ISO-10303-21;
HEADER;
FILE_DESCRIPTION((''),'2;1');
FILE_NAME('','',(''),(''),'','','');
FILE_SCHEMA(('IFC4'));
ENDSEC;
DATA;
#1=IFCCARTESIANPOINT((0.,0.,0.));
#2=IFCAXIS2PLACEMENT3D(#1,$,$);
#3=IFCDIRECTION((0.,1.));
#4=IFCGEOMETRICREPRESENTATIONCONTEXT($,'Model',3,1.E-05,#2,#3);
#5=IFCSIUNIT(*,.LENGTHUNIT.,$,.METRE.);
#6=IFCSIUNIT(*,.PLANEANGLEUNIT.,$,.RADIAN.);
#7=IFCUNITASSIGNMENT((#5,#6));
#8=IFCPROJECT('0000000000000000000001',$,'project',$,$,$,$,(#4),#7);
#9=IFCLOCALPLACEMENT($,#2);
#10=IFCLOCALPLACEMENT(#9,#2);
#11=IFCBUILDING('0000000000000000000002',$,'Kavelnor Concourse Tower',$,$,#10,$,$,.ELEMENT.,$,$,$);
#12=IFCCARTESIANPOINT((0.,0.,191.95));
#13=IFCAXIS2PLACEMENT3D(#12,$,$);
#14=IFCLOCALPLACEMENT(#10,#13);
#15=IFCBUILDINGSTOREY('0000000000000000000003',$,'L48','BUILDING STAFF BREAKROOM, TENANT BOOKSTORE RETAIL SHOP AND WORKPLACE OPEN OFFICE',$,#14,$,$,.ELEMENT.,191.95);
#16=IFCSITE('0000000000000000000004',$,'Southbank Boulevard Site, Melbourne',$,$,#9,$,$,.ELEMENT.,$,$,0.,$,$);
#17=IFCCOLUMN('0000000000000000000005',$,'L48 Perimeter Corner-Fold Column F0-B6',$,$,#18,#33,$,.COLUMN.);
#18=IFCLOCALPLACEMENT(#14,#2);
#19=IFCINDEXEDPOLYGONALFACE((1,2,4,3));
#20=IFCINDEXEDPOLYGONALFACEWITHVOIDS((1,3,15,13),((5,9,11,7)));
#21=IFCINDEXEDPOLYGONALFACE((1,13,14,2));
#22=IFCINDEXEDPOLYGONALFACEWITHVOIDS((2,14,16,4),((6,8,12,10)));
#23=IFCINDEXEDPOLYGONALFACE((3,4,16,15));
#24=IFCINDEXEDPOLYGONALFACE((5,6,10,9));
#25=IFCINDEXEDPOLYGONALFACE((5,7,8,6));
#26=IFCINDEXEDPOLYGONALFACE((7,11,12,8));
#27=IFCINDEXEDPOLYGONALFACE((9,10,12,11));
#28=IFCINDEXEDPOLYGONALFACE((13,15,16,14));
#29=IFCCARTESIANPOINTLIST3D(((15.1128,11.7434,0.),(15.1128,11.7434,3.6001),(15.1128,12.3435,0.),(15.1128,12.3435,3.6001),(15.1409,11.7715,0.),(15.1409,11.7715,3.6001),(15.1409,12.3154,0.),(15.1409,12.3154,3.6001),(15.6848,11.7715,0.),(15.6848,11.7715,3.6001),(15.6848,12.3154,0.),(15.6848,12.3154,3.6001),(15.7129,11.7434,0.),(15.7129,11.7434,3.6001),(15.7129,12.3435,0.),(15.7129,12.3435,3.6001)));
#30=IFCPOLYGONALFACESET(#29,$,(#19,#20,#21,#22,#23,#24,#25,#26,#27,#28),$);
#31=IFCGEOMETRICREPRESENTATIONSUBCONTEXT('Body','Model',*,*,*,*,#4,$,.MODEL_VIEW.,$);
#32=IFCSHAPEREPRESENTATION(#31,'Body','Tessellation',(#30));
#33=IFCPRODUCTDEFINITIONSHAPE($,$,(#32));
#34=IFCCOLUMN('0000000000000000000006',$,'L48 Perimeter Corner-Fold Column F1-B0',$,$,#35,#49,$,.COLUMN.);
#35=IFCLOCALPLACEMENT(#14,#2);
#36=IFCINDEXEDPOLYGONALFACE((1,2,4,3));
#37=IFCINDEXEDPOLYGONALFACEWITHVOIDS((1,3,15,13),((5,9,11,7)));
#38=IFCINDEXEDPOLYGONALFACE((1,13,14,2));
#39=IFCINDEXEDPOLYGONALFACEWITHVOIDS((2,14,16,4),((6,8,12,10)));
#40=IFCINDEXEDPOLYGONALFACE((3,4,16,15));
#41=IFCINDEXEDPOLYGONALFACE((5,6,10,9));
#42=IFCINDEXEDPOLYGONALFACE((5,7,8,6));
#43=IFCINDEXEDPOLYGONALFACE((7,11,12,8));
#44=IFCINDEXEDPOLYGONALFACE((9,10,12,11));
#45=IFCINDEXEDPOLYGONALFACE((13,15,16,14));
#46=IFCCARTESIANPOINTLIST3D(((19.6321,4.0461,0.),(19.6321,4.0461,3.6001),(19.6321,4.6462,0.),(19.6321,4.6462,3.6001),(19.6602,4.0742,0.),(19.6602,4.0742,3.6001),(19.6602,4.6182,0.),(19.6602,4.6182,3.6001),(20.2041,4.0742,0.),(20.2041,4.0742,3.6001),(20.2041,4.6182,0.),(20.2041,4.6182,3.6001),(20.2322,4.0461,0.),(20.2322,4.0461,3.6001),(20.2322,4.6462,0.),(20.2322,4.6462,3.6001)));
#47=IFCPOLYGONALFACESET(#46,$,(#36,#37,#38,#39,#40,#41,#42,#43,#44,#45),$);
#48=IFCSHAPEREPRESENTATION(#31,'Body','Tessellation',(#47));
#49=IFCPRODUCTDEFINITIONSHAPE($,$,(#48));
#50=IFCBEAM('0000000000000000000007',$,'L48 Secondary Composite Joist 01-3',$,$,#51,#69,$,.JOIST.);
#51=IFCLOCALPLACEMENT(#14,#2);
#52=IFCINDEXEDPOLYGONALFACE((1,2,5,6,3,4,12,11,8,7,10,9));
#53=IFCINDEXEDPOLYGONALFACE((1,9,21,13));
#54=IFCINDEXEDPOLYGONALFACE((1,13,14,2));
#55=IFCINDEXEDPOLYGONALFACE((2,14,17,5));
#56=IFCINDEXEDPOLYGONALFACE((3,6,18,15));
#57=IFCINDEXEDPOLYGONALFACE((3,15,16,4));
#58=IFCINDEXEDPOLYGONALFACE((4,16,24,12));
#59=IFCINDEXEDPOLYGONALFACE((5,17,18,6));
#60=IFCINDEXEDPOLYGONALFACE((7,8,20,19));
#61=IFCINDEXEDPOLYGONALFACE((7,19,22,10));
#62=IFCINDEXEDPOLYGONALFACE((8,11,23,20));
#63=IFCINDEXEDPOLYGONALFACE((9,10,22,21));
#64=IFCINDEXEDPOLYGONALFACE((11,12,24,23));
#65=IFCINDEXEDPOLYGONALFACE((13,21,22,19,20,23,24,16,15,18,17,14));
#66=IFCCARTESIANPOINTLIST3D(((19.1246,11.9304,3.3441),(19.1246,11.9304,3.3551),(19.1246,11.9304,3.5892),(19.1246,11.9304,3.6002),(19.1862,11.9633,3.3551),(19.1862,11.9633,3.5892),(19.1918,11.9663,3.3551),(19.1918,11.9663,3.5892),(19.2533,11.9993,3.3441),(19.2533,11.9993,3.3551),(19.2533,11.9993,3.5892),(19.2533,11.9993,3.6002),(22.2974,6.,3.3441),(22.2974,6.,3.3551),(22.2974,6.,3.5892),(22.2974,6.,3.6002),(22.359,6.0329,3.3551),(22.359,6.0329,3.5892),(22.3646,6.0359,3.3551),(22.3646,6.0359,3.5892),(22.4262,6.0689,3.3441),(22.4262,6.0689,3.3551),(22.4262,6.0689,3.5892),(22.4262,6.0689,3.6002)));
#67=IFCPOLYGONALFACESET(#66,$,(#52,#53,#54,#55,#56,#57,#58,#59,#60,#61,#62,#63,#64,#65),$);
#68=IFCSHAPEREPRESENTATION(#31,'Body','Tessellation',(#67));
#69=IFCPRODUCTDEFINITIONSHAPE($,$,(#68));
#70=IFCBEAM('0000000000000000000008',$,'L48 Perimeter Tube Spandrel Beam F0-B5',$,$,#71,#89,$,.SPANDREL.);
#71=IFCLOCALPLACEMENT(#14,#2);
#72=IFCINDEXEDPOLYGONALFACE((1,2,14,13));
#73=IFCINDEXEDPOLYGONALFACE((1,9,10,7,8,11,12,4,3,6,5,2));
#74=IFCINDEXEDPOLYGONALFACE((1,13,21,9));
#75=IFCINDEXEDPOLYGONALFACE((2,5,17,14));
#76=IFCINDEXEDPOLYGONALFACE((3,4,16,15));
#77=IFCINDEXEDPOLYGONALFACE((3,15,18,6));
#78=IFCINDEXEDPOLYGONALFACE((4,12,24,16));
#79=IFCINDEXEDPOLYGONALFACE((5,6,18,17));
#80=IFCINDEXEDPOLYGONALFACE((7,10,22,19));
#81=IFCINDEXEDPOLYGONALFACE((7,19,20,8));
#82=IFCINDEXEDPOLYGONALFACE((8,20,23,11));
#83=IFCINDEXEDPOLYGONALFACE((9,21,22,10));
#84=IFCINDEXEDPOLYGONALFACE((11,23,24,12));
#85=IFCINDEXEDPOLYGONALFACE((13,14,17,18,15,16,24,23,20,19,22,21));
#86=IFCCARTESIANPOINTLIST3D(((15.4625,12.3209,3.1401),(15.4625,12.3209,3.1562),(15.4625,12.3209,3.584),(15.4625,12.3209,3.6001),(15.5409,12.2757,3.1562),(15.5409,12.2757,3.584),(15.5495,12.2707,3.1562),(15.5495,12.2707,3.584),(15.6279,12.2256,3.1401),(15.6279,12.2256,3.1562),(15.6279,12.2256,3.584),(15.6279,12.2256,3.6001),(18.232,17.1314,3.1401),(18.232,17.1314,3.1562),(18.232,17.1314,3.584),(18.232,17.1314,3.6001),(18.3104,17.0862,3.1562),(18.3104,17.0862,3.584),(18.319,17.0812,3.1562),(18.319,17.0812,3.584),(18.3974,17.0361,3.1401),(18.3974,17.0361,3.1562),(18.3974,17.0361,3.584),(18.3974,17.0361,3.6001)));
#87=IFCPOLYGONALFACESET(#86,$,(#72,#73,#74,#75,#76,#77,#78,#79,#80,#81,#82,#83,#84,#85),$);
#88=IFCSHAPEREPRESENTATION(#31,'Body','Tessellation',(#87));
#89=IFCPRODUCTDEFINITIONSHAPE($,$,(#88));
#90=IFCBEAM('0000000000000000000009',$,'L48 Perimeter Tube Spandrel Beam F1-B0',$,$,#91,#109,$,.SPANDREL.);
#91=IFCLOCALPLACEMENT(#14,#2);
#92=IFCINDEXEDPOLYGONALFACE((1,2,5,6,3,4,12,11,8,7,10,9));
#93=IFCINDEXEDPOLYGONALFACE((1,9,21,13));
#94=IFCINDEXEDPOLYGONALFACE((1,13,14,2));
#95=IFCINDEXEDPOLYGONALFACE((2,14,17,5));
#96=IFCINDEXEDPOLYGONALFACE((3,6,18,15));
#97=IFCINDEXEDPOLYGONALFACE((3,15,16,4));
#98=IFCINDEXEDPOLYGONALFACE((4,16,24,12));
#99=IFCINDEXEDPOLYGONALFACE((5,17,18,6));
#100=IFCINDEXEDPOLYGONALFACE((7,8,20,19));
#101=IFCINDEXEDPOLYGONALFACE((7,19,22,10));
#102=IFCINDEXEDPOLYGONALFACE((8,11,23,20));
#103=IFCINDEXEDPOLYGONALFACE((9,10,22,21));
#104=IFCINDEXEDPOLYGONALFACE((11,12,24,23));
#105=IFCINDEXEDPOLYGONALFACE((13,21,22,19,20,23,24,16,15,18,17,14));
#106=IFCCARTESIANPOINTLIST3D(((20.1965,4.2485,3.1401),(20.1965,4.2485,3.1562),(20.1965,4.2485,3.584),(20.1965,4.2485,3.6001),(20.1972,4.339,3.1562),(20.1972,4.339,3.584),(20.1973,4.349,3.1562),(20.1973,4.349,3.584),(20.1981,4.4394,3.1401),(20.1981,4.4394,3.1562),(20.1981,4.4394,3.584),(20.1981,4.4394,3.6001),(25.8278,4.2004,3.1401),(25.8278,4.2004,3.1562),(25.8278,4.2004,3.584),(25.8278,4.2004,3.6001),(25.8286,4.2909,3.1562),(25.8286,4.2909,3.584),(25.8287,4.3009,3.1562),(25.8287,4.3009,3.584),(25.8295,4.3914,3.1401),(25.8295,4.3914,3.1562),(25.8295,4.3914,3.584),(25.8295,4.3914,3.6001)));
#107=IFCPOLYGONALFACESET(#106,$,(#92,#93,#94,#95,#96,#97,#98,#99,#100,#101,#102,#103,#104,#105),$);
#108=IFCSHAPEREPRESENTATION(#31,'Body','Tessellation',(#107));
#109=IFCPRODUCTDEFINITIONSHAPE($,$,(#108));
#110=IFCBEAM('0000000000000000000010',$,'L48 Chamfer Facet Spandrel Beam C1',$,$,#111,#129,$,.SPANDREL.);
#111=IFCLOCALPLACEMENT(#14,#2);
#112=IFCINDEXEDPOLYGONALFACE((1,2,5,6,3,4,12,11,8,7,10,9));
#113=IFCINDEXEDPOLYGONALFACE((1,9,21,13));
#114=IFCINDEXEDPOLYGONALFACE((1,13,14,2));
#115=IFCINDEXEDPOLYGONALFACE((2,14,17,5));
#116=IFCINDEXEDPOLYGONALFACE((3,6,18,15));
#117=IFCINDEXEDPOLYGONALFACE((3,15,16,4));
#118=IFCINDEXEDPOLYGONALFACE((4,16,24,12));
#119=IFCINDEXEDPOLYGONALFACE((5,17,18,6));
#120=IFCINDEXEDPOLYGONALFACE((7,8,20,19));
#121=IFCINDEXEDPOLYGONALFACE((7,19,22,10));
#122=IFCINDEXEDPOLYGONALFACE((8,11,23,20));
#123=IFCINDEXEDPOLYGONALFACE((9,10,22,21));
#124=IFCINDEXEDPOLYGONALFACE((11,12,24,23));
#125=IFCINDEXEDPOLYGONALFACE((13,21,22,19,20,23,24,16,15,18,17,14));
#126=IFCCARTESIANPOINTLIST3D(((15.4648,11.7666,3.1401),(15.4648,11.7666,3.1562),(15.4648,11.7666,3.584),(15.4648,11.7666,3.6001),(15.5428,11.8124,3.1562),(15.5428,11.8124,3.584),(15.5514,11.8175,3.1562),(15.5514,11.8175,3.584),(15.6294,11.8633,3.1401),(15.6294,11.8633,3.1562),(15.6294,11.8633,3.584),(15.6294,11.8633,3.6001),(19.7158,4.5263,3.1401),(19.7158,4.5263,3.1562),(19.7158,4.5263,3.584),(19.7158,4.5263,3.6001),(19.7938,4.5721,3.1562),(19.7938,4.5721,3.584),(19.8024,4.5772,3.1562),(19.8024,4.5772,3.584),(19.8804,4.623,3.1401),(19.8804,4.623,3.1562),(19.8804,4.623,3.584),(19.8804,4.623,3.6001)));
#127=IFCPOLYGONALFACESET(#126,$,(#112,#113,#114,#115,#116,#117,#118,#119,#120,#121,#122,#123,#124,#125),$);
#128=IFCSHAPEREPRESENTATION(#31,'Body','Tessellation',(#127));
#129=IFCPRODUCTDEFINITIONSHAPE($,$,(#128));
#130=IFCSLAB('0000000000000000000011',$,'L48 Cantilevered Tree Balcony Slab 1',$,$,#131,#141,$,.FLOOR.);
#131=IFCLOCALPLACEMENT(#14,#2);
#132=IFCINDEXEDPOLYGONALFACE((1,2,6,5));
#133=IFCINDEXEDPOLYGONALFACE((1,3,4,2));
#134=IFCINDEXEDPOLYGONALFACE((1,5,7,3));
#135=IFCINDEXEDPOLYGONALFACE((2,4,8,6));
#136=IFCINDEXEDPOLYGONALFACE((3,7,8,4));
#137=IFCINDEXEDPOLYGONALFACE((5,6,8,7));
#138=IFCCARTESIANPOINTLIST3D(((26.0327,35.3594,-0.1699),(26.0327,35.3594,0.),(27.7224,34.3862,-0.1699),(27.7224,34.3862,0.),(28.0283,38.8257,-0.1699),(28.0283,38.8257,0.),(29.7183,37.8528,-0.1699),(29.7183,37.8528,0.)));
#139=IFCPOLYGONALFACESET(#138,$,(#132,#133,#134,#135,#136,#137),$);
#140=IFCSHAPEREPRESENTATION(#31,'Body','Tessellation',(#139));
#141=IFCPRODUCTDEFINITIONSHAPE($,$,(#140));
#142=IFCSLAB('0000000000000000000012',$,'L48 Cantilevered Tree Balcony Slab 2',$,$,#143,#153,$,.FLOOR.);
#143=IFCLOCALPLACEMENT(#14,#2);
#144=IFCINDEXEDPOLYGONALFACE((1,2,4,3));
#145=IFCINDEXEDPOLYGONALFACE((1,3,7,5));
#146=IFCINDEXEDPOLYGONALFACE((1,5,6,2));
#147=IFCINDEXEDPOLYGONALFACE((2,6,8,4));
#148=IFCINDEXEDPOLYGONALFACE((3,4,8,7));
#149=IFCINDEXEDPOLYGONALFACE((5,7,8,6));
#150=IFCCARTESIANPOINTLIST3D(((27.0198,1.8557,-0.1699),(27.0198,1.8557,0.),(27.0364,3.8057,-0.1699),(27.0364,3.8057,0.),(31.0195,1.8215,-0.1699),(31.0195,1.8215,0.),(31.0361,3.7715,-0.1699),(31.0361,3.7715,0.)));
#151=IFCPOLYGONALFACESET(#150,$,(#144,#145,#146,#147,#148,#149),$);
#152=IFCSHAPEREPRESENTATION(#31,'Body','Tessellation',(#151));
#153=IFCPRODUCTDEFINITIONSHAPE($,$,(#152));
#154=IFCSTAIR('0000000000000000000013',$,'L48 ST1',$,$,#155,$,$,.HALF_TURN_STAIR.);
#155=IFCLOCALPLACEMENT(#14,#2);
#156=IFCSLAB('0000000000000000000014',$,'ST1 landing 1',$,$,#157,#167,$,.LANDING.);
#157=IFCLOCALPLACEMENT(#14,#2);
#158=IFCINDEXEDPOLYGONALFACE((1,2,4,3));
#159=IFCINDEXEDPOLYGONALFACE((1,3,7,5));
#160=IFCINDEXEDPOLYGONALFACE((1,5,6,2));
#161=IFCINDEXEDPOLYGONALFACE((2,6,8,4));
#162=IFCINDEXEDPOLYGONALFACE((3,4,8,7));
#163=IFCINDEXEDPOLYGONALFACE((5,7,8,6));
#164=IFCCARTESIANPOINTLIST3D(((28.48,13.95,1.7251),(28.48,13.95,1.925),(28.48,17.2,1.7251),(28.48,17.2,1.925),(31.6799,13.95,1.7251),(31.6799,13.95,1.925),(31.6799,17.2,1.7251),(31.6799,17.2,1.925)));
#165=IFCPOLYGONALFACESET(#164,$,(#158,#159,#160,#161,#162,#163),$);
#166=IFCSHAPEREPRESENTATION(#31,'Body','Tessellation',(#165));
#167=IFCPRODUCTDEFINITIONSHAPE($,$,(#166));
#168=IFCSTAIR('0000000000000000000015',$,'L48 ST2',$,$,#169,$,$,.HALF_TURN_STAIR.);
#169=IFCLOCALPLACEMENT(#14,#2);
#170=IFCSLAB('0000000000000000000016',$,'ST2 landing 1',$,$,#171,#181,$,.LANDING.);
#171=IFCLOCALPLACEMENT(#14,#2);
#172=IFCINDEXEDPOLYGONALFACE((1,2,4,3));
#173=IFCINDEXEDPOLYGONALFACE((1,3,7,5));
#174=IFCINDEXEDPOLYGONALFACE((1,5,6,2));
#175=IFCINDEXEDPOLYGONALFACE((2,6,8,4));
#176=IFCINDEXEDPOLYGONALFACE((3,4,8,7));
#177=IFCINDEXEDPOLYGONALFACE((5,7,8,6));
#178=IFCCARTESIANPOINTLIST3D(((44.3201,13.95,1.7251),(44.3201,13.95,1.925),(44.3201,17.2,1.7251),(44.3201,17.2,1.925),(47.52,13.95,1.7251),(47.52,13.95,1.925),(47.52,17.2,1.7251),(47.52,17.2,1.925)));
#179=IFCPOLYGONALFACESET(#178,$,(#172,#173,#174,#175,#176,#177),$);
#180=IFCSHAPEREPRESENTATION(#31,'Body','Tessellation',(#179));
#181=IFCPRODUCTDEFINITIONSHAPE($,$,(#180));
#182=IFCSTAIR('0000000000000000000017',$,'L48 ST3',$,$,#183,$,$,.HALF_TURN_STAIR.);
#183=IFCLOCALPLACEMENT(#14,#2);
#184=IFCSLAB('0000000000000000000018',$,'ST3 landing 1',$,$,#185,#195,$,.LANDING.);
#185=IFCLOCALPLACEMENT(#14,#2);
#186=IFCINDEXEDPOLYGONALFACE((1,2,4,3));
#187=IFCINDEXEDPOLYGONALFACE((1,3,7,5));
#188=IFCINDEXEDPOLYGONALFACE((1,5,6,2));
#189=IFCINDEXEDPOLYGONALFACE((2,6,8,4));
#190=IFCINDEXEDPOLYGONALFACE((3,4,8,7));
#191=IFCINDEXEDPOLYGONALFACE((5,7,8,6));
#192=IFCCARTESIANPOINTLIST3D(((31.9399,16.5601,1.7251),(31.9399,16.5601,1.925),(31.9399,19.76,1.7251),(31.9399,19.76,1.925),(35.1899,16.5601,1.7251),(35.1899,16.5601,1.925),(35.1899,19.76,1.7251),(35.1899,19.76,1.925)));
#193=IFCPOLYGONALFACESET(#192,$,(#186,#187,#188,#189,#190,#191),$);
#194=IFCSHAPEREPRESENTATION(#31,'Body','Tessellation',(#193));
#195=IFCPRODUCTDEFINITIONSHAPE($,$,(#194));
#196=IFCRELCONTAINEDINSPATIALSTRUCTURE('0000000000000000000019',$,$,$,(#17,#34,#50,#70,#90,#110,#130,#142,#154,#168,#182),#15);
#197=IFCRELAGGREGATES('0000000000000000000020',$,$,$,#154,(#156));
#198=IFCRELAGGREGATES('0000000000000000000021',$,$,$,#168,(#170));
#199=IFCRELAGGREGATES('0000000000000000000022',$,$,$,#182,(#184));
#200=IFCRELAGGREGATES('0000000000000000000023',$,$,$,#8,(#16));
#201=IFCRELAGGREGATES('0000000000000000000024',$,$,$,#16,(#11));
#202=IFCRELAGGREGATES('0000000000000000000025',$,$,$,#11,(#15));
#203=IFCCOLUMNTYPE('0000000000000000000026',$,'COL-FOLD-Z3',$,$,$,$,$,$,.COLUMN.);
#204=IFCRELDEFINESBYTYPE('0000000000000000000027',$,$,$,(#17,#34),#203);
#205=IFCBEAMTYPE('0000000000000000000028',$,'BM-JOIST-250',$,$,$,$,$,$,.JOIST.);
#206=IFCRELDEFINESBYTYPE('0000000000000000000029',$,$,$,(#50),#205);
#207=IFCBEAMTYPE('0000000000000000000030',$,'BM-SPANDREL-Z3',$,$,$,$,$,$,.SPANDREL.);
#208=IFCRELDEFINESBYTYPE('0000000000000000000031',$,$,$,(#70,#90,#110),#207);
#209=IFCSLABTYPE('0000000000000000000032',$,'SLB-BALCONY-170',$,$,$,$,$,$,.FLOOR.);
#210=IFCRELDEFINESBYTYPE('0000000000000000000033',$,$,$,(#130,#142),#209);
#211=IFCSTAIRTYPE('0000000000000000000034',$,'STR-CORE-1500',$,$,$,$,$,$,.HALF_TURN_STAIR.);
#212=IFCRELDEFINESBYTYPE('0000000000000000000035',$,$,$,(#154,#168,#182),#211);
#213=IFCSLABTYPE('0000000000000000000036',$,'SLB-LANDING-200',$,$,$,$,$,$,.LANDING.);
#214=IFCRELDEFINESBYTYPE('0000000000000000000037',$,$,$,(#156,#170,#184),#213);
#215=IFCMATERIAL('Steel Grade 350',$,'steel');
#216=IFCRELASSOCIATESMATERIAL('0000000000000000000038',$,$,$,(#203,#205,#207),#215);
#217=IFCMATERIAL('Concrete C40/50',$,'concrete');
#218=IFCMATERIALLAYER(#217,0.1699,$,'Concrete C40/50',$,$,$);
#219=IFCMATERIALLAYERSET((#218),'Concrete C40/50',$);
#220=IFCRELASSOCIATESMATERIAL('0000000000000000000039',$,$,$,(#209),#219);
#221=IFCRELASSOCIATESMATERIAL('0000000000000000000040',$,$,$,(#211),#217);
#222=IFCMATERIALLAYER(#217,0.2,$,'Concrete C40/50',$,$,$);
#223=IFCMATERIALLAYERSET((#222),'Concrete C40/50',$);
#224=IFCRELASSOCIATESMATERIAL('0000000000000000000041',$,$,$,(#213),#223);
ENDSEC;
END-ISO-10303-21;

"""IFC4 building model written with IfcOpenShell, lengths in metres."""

from ifc_helpers import new_model, si_unit, direction, frame, origin, origin_2d, place, context, subcontext, project, spatial, polyline, hollow_rectangle, i_section, outline, extrude, material, layer, layer_set, material_profile, profile_set, type_object, element, aggregate, save


model = new_model("IFC4")

# Units and contexts
model_context = context("Model", 3, precision=1e-05, world=origin(), true_north=direction((0.0, 1.0)))
body_context = subcontext(model_context, "Body", "Model", "MODEL_VIEW")
ifc_project = project(units=[si_unit("LENGTHUNIT", "METRE"), si_unit("PLANEANGLEUNIT", "RADIAN")], contexts=[model_context])

# Site, building, storey
site_placement = place(None, origin())
site = spatial("IfcSite", under=ifc_project, at=site_placement, Name="Southbank Boulevard Site, Melbourne", CompositionType="ELEMENT", RefElevation=0.0)
building_placement = place(site_placement, origin())
building = spatial("IfcBuilding", under=site, at=building_placement, Name="Kavelnor Concourse Tower", CompositionType="ELEMENT")
storey_placement = place(building_placement, frame((0.0, 0.0, 191.95)))
storey = spatial("IfcBuildingStorey", under=building, at=storey_placement, Name="L48", Description="BUILDING STAFF BREAKROOM, TENANT BOOKSTORE RETAIL SHOP AND WORKPLACE OPEN OFFICE", CompositionType="ELEMENT", Elevation=191.95)

# Columns
ifc_material_1 = material(Name="Steel Grade 350", Category="steel")
ifc_material_profile_1 = material_profile(ifc_material_1, hollow_rectangle(XDim=0.6001, YDim=0.6001, WallThickness=0.0281, at=origin_2d()), Name="SHS 600x600x28")
ifc_profile_set_1 = profile_set([ifc_material_profile_1], Name="Steel Grade 350")
column_type = type_object("IfcColumnType", Name="COL-FOLD-Z3", PredefinedType="COLUMN", material=ifc_profile_set_1)
for number, where, z_axis, x_axis, name in (
    (1, (15.4128, 12.0435, 0.0), (0.0, 0.0, 1.0), (1.0, 0.0, 0.0), "L48 Perimeter Corner-Fold Column F0-B6"),
    (2, (19.9321, 4.3462, 0.0), (0.0, 0.0, 1.0), (1.0, 0.0, 0.0), "L48 Perimeter Corner-Fold Column F1-B0"),
):
    element("IfcColumn", number, at=place(storey_placement, frame(where, z_axis=z_axis, x_axis=x_axis)), inside=storey, type_object=column_type, Name=name, PredefinedType="COLUMN", context=body_context, shape_type="SweptSolid", body=[
        extrude(hollow_rectangle(XDim=0.6001, YDim=0.6001, WallThickness=0.0281, at=origin_2d()), origin(), (0.0, 0.0, 1.0), 3.6001),
    ])

# Beams
ifc_material_profile_2 = material_profile(ifc_material_1, i_section(OverallWidth=0.146, OverallDepth=0.2561, WebThickness=0.0063, FlangeThickness=0.011, at=origin_2d()), Name="250UB37")
ifc_profile_set_2 = profile_set([ifc_material_profile_2], Name="Steel Grade 350")
beam_type_1 = type_object("IfcBeamType", Name="BM-JOIST-250", PredefinedType="JOIST", material=ifc_profile_set_2)
beam_1_placement = place(storey_placement, frame((19.189, 11.9648, 3.4722), z_axis=(0.471741, -0.881737, 0.0), x_axis=(0.881737, 0.471741, 0.0)))
element("IfcBeam", 3, at=beam_1_placement, inside=storey, type_object=beam_type_1, Name="L48 Secondary Composite Joist 01-3", PredefinedType="JOIST", context=body_context, shape_type="SweptSolid", body=[
    extrude(i_section(OverallWidth=0.146, OverallDepth=0.2561, WebThickness=0.0063, FlangeThickness=0.011, at=origin_2d()), origin(), (0.0, 0.0, 1.0), 6.7258),
])
ifc_material_profile_3 = material_profile(ifc_material_1, i_section(OverallWidth=0.1909, OverallDepth=0.46, WebThickness=0.01, FlangeThickness=0.0161, at=origin_2d()), Name="460UB82")
ifc_profile_set_3 = profile_set([ifc_material_profile_3], Name="Steel Grade 350")
beam_type_2 = type_object("IfcBeamType", Name="BM-SPANDREL-Z3", PredefinedType="SPANDREL", material=ifc_profile_set_3)
beam_2_placement = place(storey_placement, frame((18.3147, 17.0837, 3.3701), z_axis=(-0.49894, -0.866636, 0.0), x_axis=(0.866636, -0.49894, 0.0)))
element("IfcBeam", 4, at=beam_2_placement, inside=storey, type_object=beam_type_2, Name="L48 Perimeter Tube Spandrel Beam F0-B5", PredefinedType="SPANDREL", context=body_context, shape_type="SweptSolid", body=[
    extrude(i_section(OverallWidth=0.1909, OverallDepth=0.46, WebThickness=0.01, FlangeThickness=0.0161, at=origin_2d()), origin(), (0.0, 0.0, 1.0), 5.5508),
])
beam_3_placement = place(storey_placement, frame((20.1973, 4.344, 3.3701), z_axis=(0.999964, -0.00854, 0.0), x_axis=(0.00854, 0.999964, 0.0)))
element("IfcBeam", 5, at=beam_3_placement, inside=storey, type_object=beam_type_2, Name="L48 Perimeter Tube Spandrel Beam F1-B0", PredefinedType="SPANDREL", context=body_context, shape_type="SweptSolid", body=[
    extrude(i_section(OverallWidth=0.1909, OverallDepth=0.46, WebThickness=0.01, FlangeThickness=0.0161, at=origin_2d()), origin(), (0.0, 0.0, 1.0), 5.6316),
])
beam_4_placement = place(storey_placement, frame((15.5471, 11.8149, 3.3701), z_axis=(0.506313, -0.86235, 0.0), x_axis=(0.86235, 0.506313, 0.0)))
element("IfcBeam", 6, at=beam_4_placement, inside=storey, type_object=beam_type_2, Name="L48 Chamfer Facet Spandrel Beam C1", PredefinedType="SPANDREL", context=body_context, shape_type="SweptSolid", body=[
    extrude(i_section(OverallWidth=0.1909, OverallDepth=0.46, WebThickness=0.01, FlangeThickness=0.0161, at=origin_2d()), origin(), (0.0, 0.0, 1.0), 8.396),
])

# Slabs
ifc_material_2 = material(Name="Concrete C40/50", Category="concrete")
ifc_layer_1 = layer(ifc_material_2, 0.1699, Name="Concrete C40/50")
ifc_layer_set_1 = layer_set([ifc_layer_1], Name="Concrete C40/50")
slab_type_1 = type_object("IfcSlabType", Name="SLB-BALCONY-170", PredefinedType="FLOOR", material=ifc_layer_set_1)
slab_1_placement = place(storey_placement, frame((0.0, 0.0, -0.1699)))
element("IfcSlab", 7, at=slab_1_placement, inside=storey, type_object=slab_type_1, Name="L48 Cantilevered Tree Balcony Slab 1", PredefinedType="FLOOR", context=body_context, shape_type="SweptSolid", body=[
    extrude(outline(polyline([(26.0327, 35.3594), (28.0283, 38.8257), (29.7183, 37.8528), (27.7224, 34.3862), (26.0327, 35.3594)])), origin(), (0.0, 0.0, 1.0), 0.1699),
])
slab_2_placement = place(storey_placement, frame((0.0, 0.0, -0.1699)))
element("IfcSlab", 8, at=slab_2_placement, inside=storey, type_object=slab_type_1, Name="L48 Cantilevered Tree Balcony Slab 2", PredefinedType="FLOOR", context=body_context, shape_type="SweptSolid", body=[
    extrude(outline(polyline([(31.0195, 1.8215), (27.0198, 1.8557), (27.0364, 3.8057), (31.0361, 3.7715), (31.0195, 1.8215)])), origin(), (0.0, 0.0, 1.0), 0.1699),
])

# Stairs, slabs
stair_type = type_object("IfcStairType", Name="STR-CORE-1500", PredefinedType="HALF_TURN_STAIR", material=ifc_material_2)
stair_1_placement = place(storey_placement, origin())
stair_1 = element("IfcStair", 9, at=stair_1_placement, inside=storey, type_object=stair_type, Name="L48 ST1", PredefinedType="HALF_TURN_STAIR")
ifc_layer_2 = layer(ifc_material_2, 0.2, Name="Concrete C40/50")
ifc_layer_set_2 = layer_set([ifc_layer_2], Name="Concrete C40/50")
slab_type_2 = type_object("IfcSlabType", Name="SLB-LANDING-200", PredefinedType="LANDING", material=ifc_layer_set_2)
slab_3_placement = place(storey_placement, frame((0.0, 0.0, 1.7251)))
slab_3 = element("IfcSlab", 10, at=slab_3_placement, type_object=slab_type_2, Name="ST1 landing 1", PredefinedType="LANDING", context=body_context, shape_type="SweptSolid", body=[
    extrude(outline(polyline([(31.6799, 13.95), (31.6799, 17.2), (28.48, 17.2), (28.48, 13.95), (31.6799, 13.95)])), origin(), (0.0, 0.0, 1.0), 0.2),
])
aggregate(stair_1, [slab_3])
stair_2_placement = place(storey_placement, origin())
stair_2 = element("IfcStair", 11, at=stair_2_placement, inside=storey, type_object=stair_type, Name="L48 ST2", PredefinedType="HALF_TURN_STAIR")
slab_4_placement = place(storey_placement, frame((0.0, 0.0, 1.7251)))
slab_4 = element("IfcSlab", 12, at=slab_4_placement, type_object=slab_type_2, Name="ST2 landing 1", PredefinedType="LANDING", context=body_context, shape_type="SweptSolid", body=[
    extrude(outline(polyline([(47.52, 13.95), (47.52, 17.2), (44.3201, 17.2), (44.3201, 13.95), (47.52, 13.95)])), origin(), (0.0, 0.0, 1.0), 0.2),
])
aggregate(stair_2, [slab_4])
stair_3_placement = place(storey_placement, origin())
stair_3 = element("IfcStair", 13, at=stair_3_placement, inside=storey, type_object=stair_type, Name="L48 ST3", PredefinedType="HALF_TURN_STAIR")
slab_5_placement = place(storey_placement, frame((0.0, 0.0, 1.7251)))
slab_5 = element("IfcSlab", 14, at=slab_5_placement, type_object=slab_type_2, Name="ST3 landing 1", PredefinedType="LANDING", context=body_context, shape_type="SweptSolid", body=[
    extrude(outline(polyline([(35.1899, 19.76), (31.9399, 19.76), (31.9399, 16.5601), (35.1899, 16.5601), (35.1899, 19.76)])), origin(), (0.0, 0.0, 1.0), 0.2),
])
aggregate(stair_3, [slab_5])

save(model, "model.ifc")
